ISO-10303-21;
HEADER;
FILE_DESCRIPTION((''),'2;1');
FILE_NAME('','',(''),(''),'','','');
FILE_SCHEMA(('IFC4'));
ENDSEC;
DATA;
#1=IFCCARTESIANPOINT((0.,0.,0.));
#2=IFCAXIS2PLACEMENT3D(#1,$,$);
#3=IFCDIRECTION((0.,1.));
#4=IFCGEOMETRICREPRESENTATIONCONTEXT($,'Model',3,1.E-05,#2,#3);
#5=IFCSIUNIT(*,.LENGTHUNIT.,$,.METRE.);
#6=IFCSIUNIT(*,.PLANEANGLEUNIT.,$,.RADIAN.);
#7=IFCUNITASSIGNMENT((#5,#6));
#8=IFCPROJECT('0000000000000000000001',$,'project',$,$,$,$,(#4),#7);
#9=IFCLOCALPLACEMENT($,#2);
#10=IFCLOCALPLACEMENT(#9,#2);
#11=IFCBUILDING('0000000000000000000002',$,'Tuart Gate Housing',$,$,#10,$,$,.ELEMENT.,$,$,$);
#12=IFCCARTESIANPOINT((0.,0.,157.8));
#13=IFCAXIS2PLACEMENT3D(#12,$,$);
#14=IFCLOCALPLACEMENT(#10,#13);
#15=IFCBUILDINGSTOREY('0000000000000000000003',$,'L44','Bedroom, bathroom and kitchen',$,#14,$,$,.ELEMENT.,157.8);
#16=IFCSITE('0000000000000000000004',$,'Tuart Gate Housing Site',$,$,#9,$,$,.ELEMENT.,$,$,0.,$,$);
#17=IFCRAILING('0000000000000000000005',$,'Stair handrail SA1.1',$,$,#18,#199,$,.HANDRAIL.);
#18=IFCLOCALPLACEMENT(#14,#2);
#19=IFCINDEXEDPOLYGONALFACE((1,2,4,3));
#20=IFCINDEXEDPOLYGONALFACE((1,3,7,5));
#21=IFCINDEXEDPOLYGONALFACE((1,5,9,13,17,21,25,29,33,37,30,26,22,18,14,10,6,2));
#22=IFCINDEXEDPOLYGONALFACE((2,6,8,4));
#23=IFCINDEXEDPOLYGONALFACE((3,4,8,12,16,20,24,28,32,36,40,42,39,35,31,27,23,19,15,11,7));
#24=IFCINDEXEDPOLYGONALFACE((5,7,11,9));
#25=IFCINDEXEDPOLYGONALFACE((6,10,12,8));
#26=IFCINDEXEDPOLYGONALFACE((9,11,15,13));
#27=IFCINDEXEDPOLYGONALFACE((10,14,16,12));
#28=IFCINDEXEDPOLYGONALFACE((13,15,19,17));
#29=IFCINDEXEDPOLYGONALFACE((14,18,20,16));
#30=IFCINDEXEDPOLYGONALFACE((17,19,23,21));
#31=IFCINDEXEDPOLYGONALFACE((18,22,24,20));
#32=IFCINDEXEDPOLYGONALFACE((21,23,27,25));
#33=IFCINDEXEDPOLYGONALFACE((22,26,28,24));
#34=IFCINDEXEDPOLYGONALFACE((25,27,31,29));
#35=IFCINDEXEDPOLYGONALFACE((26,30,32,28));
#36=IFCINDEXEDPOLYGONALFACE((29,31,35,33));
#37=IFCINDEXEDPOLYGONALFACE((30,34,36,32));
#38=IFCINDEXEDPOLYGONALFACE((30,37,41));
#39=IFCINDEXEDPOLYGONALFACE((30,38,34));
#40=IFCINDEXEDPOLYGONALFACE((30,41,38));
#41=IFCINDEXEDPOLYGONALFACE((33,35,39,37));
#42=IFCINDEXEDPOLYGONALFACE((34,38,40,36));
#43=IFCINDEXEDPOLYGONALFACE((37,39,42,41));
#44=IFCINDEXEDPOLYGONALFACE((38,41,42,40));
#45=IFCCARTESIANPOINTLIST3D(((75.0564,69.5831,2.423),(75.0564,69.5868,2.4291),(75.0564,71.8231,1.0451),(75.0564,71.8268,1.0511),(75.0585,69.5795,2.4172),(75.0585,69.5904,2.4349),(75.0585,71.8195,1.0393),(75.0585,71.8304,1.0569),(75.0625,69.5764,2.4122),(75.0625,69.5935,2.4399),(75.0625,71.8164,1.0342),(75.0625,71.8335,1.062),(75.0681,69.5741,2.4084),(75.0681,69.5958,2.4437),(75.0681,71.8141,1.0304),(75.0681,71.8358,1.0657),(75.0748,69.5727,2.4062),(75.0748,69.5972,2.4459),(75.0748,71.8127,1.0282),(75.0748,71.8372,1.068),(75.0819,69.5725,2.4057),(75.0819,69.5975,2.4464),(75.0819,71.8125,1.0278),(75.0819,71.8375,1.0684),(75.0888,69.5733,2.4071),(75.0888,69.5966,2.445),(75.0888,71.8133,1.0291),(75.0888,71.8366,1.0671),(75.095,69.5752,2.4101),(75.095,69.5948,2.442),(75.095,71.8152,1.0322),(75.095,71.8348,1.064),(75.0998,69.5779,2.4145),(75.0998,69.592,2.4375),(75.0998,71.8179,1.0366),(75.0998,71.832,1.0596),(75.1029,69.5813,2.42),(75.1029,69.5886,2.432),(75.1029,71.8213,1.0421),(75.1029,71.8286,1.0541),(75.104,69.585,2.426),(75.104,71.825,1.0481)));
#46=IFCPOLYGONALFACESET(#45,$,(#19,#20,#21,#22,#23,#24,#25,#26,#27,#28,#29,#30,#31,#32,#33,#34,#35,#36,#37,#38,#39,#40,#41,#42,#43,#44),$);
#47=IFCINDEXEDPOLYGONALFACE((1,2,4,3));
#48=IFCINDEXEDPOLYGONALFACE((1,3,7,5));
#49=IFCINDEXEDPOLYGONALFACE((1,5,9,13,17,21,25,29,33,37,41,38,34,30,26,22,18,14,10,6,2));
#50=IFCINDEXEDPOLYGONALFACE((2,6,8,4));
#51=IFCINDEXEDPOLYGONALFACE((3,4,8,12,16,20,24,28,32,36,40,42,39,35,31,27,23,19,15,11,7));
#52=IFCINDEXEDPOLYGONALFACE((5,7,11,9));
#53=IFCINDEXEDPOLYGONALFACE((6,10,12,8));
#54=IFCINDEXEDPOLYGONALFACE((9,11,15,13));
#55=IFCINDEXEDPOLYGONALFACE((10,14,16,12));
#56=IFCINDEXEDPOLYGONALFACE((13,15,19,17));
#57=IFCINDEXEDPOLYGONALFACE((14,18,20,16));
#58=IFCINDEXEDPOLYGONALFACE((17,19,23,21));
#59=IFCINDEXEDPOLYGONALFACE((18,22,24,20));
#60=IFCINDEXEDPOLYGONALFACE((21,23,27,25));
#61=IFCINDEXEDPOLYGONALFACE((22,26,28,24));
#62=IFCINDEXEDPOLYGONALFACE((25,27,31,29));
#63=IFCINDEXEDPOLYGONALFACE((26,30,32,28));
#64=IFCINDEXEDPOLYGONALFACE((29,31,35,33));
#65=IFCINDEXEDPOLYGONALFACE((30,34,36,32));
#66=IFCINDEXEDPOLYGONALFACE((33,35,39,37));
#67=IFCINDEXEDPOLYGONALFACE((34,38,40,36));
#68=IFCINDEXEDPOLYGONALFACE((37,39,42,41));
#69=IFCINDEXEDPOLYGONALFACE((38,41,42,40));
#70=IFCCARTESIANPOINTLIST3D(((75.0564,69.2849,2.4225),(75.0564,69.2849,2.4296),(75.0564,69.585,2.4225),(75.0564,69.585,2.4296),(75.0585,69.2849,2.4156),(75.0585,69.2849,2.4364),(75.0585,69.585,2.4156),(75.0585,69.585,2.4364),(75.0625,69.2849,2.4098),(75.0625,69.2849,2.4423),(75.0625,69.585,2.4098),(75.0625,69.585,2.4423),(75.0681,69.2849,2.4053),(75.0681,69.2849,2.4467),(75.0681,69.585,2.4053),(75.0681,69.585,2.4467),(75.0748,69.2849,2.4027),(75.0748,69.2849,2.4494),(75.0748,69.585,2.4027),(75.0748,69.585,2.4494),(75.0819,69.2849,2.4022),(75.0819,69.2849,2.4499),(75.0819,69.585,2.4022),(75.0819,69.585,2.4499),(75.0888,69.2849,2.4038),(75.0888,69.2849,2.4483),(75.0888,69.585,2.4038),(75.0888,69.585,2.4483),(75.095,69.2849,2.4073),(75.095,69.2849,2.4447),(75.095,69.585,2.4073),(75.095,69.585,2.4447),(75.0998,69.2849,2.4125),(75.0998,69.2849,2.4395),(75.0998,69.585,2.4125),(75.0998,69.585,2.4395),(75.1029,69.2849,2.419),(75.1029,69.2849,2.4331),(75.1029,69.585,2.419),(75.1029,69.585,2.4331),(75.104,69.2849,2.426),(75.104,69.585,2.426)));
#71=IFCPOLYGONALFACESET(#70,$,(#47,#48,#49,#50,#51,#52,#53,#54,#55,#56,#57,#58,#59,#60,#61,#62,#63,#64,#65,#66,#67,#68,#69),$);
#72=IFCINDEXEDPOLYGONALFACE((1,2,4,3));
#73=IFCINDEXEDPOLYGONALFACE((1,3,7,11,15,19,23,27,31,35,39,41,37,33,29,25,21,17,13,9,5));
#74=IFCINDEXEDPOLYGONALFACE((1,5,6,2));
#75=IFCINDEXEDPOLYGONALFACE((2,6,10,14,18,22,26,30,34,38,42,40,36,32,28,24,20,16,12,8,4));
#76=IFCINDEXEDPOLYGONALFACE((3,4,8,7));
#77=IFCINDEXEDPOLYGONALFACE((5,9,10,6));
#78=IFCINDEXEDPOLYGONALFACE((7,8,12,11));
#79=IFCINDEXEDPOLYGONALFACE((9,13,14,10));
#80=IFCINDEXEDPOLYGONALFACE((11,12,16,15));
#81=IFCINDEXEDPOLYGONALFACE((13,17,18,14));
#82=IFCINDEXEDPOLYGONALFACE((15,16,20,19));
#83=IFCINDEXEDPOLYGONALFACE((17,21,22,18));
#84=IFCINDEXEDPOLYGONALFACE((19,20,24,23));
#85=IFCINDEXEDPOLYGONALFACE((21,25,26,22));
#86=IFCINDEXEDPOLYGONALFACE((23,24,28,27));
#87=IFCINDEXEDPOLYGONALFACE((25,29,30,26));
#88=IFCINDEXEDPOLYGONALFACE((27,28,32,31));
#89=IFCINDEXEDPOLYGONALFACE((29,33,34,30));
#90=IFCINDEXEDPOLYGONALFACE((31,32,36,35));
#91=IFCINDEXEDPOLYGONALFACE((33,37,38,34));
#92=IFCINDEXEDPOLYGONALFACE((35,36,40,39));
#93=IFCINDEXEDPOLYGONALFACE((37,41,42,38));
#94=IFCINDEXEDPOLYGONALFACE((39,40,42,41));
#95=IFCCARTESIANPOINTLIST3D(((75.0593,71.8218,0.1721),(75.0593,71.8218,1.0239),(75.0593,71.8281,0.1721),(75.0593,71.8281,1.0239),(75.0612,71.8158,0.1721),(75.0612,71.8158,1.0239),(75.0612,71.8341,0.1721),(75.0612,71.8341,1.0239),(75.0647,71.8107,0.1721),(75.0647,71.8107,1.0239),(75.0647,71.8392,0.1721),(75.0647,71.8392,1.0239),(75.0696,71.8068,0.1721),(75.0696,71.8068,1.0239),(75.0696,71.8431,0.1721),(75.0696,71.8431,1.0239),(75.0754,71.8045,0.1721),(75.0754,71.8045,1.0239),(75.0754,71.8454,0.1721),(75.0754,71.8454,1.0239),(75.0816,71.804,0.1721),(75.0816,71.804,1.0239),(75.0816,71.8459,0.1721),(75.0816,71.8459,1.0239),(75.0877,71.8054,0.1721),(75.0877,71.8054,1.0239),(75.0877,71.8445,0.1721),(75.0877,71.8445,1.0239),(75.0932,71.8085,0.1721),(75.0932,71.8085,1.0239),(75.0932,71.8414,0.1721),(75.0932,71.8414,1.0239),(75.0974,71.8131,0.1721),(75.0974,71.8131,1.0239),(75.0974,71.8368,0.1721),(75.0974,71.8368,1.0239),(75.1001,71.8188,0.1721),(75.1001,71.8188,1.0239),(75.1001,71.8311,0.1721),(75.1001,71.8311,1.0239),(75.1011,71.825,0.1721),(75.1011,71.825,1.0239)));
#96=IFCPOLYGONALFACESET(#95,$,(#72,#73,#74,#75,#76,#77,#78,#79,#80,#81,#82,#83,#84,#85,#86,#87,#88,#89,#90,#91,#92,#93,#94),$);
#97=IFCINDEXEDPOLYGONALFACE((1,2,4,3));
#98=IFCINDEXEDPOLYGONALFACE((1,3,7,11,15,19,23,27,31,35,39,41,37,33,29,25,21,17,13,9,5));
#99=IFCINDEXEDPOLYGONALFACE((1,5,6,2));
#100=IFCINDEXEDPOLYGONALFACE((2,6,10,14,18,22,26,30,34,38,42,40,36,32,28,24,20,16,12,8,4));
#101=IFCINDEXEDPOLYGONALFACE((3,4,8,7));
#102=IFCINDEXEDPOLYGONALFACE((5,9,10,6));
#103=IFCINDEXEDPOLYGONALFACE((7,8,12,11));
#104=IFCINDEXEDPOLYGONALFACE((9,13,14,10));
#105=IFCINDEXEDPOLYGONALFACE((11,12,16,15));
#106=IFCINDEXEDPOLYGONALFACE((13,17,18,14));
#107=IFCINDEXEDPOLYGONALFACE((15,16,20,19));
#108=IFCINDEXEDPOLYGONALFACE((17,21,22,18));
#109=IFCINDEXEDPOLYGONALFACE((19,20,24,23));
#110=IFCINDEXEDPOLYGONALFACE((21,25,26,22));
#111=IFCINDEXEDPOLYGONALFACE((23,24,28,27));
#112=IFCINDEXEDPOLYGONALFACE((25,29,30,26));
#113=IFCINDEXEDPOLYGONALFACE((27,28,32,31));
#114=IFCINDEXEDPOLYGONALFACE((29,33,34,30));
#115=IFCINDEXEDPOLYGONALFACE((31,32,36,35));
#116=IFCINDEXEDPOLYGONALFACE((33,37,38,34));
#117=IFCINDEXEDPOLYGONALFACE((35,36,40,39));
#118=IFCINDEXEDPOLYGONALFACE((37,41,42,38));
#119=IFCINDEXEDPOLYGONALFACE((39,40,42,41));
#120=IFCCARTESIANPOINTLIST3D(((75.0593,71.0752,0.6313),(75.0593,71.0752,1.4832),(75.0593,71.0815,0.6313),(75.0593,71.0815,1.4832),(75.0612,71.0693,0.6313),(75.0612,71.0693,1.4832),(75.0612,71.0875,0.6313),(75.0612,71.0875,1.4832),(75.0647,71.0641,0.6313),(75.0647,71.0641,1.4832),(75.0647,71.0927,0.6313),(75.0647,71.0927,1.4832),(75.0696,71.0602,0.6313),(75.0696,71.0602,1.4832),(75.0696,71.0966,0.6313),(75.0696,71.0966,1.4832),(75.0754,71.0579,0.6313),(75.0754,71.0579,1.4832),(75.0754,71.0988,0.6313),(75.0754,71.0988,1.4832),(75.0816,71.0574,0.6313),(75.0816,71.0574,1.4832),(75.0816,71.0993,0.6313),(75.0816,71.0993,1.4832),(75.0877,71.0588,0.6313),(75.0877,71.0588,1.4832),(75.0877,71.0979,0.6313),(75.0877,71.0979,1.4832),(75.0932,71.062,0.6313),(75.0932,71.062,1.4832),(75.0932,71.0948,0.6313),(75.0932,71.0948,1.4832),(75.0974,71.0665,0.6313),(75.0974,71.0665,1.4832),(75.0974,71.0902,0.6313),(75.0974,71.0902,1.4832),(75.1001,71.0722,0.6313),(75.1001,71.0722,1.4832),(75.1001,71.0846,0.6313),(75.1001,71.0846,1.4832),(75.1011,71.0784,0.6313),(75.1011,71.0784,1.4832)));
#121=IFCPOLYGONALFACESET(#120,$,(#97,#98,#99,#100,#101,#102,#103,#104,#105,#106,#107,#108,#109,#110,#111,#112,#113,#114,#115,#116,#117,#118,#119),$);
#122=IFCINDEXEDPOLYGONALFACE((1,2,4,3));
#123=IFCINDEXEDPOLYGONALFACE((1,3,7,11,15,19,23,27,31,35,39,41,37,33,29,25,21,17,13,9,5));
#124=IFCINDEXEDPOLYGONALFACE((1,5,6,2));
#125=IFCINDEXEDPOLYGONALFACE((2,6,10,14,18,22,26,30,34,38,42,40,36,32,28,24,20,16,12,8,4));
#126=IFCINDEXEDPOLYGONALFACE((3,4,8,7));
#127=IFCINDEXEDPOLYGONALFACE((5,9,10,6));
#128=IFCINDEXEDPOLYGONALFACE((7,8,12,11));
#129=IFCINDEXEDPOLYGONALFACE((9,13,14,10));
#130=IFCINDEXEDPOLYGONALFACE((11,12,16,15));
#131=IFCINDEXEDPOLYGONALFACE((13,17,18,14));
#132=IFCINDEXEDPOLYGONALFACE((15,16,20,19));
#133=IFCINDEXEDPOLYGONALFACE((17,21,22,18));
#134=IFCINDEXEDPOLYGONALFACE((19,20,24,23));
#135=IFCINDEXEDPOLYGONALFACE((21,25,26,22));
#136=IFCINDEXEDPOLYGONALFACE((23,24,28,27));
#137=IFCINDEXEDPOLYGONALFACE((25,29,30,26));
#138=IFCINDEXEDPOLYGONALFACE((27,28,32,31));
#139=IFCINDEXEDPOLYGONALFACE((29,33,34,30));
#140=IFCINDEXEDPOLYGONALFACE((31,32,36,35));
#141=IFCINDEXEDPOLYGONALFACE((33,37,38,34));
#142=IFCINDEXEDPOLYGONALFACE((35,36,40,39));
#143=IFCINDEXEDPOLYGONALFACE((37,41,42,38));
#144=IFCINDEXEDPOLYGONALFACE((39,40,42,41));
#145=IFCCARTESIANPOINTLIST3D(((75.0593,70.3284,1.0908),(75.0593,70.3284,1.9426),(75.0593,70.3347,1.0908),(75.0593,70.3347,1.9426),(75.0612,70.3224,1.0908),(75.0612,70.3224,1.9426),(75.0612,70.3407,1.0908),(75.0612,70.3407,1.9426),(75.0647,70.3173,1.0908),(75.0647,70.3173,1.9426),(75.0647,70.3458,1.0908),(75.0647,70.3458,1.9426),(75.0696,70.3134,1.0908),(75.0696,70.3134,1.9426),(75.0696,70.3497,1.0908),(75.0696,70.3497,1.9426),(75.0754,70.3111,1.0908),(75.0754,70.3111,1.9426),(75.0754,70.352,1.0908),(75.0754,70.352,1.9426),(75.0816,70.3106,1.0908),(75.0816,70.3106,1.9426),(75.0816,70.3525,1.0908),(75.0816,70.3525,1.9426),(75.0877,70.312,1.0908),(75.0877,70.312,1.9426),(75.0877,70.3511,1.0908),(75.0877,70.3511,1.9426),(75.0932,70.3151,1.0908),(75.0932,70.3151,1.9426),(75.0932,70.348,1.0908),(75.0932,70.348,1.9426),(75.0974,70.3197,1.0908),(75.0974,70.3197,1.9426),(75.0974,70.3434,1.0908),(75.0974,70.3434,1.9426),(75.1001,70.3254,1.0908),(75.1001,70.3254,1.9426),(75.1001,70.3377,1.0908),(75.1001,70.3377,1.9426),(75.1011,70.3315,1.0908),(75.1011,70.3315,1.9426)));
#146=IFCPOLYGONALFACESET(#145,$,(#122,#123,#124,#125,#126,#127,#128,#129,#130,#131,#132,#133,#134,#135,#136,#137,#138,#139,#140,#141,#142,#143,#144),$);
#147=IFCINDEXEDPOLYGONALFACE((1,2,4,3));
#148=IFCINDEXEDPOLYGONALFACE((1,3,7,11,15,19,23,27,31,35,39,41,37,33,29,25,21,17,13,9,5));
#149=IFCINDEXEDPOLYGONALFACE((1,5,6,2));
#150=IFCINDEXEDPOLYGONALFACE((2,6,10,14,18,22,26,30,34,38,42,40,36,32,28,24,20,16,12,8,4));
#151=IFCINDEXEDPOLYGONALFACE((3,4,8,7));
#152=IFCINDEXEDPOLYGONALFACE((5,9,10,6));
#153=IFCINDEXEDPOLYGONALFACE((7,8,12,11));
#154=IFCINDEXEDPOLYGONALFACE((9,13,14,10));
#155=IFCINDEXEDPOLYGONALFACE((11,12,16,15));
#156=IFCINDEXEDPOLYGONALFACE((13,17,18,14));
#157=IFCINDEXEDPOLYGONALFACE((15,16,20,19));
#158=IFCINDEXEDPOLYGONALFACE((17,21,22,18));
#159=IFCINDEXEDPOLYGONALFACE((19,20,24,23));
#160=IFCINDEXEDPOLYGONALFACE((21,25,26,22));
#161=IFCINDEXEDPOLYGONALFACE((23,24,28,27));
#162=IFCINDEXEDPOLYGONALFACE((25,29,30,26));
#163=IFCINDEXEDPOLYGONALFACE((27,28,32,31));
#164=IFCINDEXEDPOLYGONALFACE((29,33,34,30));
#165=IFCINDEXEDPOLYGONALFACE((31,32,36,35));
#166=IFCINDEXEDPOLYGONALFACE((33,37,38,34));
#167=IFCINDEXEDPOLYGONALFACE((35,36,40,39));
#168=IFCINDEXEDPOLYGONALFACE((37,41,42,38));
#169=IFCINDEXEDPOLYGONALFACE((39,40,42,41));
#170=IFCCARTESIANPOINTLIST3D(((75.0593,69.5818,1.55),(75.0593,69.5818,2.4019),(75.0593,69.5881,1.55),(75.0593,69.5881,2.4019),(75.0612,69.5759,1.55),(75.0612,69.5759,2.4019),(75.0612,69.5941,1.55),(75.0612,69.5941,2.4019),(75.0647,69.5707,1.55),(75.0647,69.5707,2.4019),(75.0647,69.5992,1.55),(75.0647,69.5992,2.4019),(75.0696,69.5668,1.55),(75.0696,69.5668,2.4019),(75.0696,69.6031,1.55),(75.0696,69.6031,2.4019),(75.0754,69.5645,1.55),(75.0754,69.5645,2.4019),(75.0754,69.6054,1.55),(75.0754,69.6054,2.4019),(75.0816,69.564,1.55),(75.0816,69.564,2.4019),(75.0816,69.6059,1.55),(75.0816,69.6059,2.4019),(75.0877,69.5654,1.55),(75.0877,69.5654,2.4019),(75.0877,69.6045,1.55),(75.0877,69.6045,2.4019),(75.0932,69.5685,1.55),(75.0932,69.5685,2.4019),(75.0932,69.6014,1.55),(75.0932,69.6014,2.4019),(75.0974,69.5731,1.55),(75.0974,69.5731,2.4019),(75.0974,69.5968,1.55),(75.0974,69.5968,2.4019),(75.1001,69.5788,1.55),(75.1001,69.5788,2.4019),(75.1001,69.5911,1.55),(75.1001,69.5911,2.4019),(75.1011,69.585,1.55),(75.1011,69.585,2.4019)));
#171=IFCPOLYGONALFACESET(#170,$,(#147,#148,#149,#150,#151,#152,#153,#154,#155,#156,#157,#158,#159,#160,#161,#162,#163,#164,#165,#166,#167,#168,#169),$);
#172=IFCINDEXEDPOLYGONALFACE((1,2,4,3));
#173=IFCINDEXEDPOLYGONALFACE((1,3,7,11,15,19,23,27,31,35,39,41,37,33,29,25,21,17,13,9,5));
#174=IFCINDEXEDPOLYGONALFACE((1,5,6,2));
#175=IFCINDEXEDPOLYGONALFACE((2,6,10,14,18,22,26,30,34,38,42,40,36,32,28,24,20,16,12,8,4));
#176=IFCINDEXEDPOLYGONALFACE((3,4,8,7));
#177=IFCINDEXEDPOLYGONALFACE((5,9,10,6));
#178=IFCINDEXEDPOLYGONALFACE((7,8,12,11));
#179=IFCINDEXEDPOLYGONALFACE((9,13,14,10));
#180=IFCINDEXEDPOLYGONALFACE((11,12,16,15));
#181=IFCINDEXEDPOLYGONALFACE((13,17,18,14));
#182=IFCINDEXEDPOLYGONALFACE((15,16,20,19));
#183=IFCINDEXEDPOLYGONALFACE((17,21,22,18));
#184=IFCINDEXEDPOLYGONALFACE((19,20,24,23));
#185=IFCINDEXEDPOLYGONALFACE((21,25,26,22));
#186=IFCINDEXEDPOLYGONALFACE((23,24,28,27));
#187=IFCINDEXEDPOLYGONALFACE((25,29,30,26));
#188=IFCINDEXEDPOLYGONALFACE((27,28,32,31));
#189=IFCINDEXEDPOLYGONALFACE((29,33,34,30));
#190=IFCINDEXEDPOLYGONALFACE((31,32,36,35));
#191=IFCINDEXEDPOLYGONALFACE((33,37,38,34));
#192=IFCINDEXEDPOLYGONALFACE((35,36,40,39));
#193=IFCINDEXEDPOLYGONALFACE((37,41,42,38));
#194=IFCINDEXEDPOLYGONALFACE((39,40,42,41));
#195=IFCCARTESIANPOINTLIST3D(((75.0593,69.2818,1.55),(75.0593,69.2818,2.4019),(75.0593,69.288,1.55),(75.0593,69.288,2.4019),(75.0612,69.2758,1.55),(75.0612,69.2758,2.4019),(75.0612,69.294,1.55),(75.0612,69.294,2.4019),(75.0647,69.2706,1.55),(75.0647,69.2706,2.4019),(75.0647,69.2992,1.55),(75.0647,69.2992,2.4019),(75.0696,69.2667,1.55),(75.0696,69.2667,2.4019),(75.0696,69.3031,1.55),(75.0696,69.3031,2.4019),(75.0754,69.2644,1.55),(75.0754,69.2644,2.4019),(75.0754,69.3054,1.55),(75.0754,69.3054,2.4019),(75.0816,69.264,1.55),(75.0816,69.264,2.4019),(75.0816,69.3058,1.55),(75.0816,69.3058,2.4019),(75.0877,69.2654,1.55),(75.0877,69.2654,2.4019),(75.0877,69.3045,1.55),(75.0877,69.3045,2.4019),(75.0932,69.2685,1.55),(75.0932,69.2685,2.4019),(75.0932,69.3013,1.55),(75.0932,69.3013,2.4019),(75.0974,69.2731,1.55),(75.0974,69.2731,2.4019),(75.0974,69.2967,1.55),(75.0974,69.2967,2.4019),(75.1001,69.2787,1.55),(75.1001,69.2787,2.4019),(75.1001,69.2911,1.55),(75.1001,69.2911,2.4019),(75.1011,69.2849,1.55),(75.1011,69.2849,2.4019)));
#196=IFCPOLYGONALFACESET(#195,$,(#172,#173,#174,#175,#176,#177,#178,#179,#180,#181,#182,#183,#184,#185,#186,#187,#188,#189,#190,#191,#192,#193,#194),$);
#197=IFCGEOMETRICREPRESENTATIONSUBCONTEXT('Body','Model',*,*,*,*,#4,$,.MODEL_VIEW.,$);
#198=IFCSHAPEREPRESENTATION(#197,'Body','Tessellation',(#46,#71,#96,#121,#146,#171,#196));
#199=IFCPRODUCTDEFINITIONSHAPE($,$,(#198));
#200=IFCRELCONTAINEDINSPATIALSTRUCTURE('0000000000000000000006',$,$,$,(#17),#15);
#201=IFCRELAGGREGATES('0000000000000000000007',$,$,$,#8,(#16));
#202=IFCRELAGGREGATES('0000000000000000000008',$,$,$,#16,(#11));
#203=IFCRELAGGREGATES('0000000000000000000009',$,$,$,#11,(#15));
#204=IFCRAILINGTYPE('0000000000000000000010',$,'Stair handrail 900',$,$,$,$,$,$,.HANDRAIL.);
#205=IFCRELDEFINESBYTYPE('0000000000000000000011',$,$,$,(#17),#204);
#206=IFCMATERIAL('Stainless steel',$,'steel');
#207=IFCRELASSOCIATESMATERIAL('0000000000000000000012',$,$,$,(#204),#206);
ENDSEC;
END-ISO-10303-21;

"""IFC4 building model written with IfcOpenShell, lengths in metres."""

from ifc_helpers import new_model, si_unit, direction, frame, origin, origin_2d, place, context, subcontext, project, spatial, circle, extrude, material, type_object, element, save


model = new_model("IFC4")

# Units and contexts
model_context = context("Model", 3, precision=1e-05, world=origin(), true_north=direction((0.0, 1.0)))
body_context = subcontext(model_context, "Body", "Model", "MODEL_VIEW")
ifc_project = project(units=[si_unit("LENGTHUNIT", "METRE"), si_unit("PLANEANGLEUNIT", "RADIAN")], contexts=[model_context])

# Site, building, storey
site_placement = place(None, origin())
site = spatial("IfcSite", under=ifc_project, at=site_placement, Name="Tuart Gate Housing Site", CompositionType="ELEMENT", RefElevation=0.0)
building_placement = place(site_placement, origin())
building = spatial("IfcBuilding", under=site, at=building_placement, Name="Tuart Gate Housing", CompositionType="ELEMENT")
storey_placement = place(building_placement, frame((0.0, 0.0, 157.8)))
storey = spatial("IfcBuildingStorey", under=building, at=storey_placement, Name="L44", Description="Bedroom, bathroom and kitchen", CompositionType="ELEMENT", Elevation=157.8)

# Railing
ifc_material_1 = material(Name="Stainless steel", Category="steel")
railing_type = type_object("IfcRailingType", Name="Stair handrail 900", PredefinedType="HANDRAIL", material=ifc_material_1)
railing_placement = place(storey_placement, frame((75.0801, 71.825, 0.1721)))
element("IfcRailing", 1, at=railing_placement, inside=storey, type_object=railing_type, Name="Stair handrail SA1.1", PredefinedType="HANDRAIL", context=body_context, shape_type="SweptSolid", body=[
    extrude(circle(Radius=0.0239, at=origin_2d()), frame((0.0, 0.0, 0.876), z_axis=(0.0, -0.851748, 0.523952), x_axis=(1.0, 0.0, 0.0)), (0.0, 0.0, 1.0), 2.6299),
    extrude(circle(Radius=0.0239, at=origin_2d()), frame((0.0, -2.24, 2.2539), z_axis=(0.0, -1.0, 0.0), x_axis=(1.0, 0.0, 0.0)), (0.0, 0.0, 1.0), 0.3),
    extrude(circle(Radius=0.021, at=origin_2d()), origin(), (0.0, 0.0, 1.0), 0.8518),
    extrude(circle(Radius=0.021, at=origin_2d()), frame((0.0, -0.7466, 0.4592)), (0.0, 0.0, 1.0), 0.8518),
    extrude(circle(Radius=0.021, at=origin_2d()), frame((0.0, -1.4934, 0.9187)), (0.0, 0.0, 1.0), 0.8518),
    extrude(circle(Radius=0.021, at=origin_2d()), frame((0.0, -2.24, 1.3779)), (0.0, 0.0, 1.0), 0.8518),
    extrude(circle(Radius=0.021, at=origin_2d()), frame((0.0, -2.54, 1.3779)), (0.0, 0.0, 1.0), 0.8518),
])

save(model, "model.ifc")
